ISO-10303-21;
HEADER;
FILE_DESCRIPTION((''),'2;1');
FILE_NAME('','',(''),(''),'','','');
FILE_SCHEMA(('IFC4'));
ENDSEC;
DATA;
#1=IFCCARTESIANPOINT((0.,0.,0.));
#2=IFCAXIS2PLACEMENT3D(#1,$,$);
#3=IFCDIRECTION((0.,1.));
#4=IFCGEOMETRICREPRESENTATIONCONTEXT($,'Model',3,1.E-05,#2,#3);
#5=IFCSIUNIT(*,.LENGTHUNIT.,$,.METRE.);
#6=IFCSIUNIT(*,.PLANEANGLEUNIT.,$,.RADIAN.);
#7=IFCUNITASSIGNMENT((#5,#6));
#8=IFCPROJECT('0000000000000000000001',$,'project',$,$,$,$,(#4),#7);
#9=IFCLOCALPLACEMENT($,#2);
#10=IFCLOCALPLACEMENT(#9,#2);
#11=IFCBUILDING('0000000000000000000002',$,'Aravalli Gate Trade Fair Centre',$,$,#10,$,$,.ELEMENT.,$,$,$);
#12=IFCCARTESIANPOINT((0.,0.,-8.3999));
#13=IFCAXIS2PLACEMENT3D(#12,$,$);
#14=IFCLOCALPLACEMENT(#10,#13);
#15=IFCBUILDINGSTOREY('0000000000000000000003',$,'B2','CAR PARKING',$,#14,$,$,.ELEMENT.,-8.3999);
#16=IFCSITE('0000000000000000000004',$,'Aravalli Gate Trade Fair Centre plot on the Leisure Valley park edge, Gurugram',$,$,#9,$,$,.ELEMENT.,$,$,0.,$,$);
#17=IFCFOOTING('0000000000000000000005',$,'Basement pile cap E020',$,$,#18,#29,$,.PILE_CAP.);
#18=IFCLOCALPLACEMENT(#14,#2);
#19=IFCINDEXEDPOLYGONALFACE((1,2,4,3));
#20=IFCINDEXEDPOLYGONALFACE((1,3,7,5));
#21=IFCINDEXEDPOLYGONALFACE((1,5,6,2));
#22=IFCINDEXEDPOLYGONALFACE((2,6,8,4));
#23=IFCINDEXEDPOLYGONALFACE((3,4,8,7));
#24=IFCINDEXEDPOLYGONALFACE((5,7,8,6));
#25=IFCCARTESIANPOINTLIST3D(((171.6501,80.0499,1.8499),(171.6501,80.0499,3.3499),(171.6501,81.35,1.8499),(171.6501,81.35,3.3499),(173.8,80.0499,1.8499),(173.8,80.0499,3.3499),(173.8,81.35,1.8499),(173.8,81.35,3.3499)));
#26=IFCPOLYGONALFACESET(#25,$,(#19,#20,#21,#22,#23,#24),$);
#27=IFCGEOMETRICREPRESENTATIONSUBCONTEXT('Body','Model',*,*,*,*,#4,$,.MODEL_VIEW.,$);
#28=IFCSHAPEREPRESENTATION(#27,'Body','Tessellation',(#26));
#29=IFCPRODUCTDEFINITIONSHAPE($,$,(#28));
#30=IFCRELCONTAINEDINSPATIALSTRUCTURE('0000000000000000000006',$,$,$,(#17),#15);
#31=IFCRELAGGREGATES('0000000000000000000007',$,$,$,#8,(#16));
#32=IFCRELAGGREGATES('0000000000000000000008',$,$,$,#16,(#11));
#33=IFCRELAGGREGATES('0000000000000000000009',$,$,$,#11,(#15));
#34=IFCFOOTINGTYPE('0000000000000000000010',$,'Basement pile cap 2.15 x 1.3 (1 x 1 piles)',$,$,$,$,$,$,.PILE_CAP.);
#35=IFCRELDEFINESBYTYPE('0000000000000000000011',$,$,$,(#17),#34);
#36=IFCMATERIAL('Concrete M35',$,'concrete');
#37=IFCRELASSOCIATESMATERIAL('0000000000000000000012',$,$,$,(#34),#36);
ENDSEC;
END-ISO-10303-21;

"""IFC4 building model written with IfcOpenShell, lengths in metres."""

from ifc_helpers import new_model, si_unit, direction, frame, origin, origin_2d, place, context, subcontext, project, spatial, rectangle, extrude, material, type_object, element, save


model = new_model("IFC4")

# Units and contexts
model_context = context("Model", 3, precision=1e-05, world=origin(), true_north=direction((0.0, 1.0)))
body_context = subcontext(model_context, "Body", "Model", "MODEL_VIEW")
ifc_project = project(units=[si_unit("LENGTHUNIT", "METRE"), si_unit("PLANEANGLEUNIT", "RADIAN")], contexts=[model_context])

# Site, building, storey
site_placement = place(None, origin())
site = spatial("IfcSite", under=ifc_project, at=site_placement, Name="Aravalli Gate Trade Fair Centre plot on the Leisure Valley park edge, Gurugram", CompositionType="ELEMENT", RefElevation=0.0)
building_placement = place(site_placement, origin())
building = spatial("IfcBuilding", under=site, at=building_placement, Name="Aravalli Gate Trade Fair Centre", CompositionType="ELEMENT")
storey_placement = place(building_placement, frame((0.0, 0.0, -8.3999)))
storey = spatial("IfcBuildingStorey", under=building, at=storey_placement, Name="B2", Description="CAR PARKING", CompositionType="ELEMENT", Elevation=-8.3999)

# Shared definitions
ifc_material = material(Name="Concrete M35", Category="concrete")

# Footing
footing_type_1 = type_object("IfcFootingType", Name="Basement pile cap 2.15 x 1.3 (1 x 1 piles)", PredefinedType="PILE_CAP", material=ifc_material)
for number, where, z_axis, x_axis, name in (
    (1, (172.7251, 80.7, 1.8499), (0.0, 0.0, 1.0), (1.0, 0.0, 0.0), "Basement pile cap E020"),
):
    element("IfcFooting", number, at=place(storey_placement, frame(where, z_axis=z_axis, x_axis=x_axis)), inside=storey, type_object=footing_type_1, Name=name, PredefinedType="PILE_CAP", context=body_context, shape_type="SweptSolid", body=[
        extrude(rectangle(XDim=2.1499, YDim=1.3, at=origin_2d()), origin(), (0.0, 0.0, 1.0), 1.5),
    ])

save(model, "model.ifc")
